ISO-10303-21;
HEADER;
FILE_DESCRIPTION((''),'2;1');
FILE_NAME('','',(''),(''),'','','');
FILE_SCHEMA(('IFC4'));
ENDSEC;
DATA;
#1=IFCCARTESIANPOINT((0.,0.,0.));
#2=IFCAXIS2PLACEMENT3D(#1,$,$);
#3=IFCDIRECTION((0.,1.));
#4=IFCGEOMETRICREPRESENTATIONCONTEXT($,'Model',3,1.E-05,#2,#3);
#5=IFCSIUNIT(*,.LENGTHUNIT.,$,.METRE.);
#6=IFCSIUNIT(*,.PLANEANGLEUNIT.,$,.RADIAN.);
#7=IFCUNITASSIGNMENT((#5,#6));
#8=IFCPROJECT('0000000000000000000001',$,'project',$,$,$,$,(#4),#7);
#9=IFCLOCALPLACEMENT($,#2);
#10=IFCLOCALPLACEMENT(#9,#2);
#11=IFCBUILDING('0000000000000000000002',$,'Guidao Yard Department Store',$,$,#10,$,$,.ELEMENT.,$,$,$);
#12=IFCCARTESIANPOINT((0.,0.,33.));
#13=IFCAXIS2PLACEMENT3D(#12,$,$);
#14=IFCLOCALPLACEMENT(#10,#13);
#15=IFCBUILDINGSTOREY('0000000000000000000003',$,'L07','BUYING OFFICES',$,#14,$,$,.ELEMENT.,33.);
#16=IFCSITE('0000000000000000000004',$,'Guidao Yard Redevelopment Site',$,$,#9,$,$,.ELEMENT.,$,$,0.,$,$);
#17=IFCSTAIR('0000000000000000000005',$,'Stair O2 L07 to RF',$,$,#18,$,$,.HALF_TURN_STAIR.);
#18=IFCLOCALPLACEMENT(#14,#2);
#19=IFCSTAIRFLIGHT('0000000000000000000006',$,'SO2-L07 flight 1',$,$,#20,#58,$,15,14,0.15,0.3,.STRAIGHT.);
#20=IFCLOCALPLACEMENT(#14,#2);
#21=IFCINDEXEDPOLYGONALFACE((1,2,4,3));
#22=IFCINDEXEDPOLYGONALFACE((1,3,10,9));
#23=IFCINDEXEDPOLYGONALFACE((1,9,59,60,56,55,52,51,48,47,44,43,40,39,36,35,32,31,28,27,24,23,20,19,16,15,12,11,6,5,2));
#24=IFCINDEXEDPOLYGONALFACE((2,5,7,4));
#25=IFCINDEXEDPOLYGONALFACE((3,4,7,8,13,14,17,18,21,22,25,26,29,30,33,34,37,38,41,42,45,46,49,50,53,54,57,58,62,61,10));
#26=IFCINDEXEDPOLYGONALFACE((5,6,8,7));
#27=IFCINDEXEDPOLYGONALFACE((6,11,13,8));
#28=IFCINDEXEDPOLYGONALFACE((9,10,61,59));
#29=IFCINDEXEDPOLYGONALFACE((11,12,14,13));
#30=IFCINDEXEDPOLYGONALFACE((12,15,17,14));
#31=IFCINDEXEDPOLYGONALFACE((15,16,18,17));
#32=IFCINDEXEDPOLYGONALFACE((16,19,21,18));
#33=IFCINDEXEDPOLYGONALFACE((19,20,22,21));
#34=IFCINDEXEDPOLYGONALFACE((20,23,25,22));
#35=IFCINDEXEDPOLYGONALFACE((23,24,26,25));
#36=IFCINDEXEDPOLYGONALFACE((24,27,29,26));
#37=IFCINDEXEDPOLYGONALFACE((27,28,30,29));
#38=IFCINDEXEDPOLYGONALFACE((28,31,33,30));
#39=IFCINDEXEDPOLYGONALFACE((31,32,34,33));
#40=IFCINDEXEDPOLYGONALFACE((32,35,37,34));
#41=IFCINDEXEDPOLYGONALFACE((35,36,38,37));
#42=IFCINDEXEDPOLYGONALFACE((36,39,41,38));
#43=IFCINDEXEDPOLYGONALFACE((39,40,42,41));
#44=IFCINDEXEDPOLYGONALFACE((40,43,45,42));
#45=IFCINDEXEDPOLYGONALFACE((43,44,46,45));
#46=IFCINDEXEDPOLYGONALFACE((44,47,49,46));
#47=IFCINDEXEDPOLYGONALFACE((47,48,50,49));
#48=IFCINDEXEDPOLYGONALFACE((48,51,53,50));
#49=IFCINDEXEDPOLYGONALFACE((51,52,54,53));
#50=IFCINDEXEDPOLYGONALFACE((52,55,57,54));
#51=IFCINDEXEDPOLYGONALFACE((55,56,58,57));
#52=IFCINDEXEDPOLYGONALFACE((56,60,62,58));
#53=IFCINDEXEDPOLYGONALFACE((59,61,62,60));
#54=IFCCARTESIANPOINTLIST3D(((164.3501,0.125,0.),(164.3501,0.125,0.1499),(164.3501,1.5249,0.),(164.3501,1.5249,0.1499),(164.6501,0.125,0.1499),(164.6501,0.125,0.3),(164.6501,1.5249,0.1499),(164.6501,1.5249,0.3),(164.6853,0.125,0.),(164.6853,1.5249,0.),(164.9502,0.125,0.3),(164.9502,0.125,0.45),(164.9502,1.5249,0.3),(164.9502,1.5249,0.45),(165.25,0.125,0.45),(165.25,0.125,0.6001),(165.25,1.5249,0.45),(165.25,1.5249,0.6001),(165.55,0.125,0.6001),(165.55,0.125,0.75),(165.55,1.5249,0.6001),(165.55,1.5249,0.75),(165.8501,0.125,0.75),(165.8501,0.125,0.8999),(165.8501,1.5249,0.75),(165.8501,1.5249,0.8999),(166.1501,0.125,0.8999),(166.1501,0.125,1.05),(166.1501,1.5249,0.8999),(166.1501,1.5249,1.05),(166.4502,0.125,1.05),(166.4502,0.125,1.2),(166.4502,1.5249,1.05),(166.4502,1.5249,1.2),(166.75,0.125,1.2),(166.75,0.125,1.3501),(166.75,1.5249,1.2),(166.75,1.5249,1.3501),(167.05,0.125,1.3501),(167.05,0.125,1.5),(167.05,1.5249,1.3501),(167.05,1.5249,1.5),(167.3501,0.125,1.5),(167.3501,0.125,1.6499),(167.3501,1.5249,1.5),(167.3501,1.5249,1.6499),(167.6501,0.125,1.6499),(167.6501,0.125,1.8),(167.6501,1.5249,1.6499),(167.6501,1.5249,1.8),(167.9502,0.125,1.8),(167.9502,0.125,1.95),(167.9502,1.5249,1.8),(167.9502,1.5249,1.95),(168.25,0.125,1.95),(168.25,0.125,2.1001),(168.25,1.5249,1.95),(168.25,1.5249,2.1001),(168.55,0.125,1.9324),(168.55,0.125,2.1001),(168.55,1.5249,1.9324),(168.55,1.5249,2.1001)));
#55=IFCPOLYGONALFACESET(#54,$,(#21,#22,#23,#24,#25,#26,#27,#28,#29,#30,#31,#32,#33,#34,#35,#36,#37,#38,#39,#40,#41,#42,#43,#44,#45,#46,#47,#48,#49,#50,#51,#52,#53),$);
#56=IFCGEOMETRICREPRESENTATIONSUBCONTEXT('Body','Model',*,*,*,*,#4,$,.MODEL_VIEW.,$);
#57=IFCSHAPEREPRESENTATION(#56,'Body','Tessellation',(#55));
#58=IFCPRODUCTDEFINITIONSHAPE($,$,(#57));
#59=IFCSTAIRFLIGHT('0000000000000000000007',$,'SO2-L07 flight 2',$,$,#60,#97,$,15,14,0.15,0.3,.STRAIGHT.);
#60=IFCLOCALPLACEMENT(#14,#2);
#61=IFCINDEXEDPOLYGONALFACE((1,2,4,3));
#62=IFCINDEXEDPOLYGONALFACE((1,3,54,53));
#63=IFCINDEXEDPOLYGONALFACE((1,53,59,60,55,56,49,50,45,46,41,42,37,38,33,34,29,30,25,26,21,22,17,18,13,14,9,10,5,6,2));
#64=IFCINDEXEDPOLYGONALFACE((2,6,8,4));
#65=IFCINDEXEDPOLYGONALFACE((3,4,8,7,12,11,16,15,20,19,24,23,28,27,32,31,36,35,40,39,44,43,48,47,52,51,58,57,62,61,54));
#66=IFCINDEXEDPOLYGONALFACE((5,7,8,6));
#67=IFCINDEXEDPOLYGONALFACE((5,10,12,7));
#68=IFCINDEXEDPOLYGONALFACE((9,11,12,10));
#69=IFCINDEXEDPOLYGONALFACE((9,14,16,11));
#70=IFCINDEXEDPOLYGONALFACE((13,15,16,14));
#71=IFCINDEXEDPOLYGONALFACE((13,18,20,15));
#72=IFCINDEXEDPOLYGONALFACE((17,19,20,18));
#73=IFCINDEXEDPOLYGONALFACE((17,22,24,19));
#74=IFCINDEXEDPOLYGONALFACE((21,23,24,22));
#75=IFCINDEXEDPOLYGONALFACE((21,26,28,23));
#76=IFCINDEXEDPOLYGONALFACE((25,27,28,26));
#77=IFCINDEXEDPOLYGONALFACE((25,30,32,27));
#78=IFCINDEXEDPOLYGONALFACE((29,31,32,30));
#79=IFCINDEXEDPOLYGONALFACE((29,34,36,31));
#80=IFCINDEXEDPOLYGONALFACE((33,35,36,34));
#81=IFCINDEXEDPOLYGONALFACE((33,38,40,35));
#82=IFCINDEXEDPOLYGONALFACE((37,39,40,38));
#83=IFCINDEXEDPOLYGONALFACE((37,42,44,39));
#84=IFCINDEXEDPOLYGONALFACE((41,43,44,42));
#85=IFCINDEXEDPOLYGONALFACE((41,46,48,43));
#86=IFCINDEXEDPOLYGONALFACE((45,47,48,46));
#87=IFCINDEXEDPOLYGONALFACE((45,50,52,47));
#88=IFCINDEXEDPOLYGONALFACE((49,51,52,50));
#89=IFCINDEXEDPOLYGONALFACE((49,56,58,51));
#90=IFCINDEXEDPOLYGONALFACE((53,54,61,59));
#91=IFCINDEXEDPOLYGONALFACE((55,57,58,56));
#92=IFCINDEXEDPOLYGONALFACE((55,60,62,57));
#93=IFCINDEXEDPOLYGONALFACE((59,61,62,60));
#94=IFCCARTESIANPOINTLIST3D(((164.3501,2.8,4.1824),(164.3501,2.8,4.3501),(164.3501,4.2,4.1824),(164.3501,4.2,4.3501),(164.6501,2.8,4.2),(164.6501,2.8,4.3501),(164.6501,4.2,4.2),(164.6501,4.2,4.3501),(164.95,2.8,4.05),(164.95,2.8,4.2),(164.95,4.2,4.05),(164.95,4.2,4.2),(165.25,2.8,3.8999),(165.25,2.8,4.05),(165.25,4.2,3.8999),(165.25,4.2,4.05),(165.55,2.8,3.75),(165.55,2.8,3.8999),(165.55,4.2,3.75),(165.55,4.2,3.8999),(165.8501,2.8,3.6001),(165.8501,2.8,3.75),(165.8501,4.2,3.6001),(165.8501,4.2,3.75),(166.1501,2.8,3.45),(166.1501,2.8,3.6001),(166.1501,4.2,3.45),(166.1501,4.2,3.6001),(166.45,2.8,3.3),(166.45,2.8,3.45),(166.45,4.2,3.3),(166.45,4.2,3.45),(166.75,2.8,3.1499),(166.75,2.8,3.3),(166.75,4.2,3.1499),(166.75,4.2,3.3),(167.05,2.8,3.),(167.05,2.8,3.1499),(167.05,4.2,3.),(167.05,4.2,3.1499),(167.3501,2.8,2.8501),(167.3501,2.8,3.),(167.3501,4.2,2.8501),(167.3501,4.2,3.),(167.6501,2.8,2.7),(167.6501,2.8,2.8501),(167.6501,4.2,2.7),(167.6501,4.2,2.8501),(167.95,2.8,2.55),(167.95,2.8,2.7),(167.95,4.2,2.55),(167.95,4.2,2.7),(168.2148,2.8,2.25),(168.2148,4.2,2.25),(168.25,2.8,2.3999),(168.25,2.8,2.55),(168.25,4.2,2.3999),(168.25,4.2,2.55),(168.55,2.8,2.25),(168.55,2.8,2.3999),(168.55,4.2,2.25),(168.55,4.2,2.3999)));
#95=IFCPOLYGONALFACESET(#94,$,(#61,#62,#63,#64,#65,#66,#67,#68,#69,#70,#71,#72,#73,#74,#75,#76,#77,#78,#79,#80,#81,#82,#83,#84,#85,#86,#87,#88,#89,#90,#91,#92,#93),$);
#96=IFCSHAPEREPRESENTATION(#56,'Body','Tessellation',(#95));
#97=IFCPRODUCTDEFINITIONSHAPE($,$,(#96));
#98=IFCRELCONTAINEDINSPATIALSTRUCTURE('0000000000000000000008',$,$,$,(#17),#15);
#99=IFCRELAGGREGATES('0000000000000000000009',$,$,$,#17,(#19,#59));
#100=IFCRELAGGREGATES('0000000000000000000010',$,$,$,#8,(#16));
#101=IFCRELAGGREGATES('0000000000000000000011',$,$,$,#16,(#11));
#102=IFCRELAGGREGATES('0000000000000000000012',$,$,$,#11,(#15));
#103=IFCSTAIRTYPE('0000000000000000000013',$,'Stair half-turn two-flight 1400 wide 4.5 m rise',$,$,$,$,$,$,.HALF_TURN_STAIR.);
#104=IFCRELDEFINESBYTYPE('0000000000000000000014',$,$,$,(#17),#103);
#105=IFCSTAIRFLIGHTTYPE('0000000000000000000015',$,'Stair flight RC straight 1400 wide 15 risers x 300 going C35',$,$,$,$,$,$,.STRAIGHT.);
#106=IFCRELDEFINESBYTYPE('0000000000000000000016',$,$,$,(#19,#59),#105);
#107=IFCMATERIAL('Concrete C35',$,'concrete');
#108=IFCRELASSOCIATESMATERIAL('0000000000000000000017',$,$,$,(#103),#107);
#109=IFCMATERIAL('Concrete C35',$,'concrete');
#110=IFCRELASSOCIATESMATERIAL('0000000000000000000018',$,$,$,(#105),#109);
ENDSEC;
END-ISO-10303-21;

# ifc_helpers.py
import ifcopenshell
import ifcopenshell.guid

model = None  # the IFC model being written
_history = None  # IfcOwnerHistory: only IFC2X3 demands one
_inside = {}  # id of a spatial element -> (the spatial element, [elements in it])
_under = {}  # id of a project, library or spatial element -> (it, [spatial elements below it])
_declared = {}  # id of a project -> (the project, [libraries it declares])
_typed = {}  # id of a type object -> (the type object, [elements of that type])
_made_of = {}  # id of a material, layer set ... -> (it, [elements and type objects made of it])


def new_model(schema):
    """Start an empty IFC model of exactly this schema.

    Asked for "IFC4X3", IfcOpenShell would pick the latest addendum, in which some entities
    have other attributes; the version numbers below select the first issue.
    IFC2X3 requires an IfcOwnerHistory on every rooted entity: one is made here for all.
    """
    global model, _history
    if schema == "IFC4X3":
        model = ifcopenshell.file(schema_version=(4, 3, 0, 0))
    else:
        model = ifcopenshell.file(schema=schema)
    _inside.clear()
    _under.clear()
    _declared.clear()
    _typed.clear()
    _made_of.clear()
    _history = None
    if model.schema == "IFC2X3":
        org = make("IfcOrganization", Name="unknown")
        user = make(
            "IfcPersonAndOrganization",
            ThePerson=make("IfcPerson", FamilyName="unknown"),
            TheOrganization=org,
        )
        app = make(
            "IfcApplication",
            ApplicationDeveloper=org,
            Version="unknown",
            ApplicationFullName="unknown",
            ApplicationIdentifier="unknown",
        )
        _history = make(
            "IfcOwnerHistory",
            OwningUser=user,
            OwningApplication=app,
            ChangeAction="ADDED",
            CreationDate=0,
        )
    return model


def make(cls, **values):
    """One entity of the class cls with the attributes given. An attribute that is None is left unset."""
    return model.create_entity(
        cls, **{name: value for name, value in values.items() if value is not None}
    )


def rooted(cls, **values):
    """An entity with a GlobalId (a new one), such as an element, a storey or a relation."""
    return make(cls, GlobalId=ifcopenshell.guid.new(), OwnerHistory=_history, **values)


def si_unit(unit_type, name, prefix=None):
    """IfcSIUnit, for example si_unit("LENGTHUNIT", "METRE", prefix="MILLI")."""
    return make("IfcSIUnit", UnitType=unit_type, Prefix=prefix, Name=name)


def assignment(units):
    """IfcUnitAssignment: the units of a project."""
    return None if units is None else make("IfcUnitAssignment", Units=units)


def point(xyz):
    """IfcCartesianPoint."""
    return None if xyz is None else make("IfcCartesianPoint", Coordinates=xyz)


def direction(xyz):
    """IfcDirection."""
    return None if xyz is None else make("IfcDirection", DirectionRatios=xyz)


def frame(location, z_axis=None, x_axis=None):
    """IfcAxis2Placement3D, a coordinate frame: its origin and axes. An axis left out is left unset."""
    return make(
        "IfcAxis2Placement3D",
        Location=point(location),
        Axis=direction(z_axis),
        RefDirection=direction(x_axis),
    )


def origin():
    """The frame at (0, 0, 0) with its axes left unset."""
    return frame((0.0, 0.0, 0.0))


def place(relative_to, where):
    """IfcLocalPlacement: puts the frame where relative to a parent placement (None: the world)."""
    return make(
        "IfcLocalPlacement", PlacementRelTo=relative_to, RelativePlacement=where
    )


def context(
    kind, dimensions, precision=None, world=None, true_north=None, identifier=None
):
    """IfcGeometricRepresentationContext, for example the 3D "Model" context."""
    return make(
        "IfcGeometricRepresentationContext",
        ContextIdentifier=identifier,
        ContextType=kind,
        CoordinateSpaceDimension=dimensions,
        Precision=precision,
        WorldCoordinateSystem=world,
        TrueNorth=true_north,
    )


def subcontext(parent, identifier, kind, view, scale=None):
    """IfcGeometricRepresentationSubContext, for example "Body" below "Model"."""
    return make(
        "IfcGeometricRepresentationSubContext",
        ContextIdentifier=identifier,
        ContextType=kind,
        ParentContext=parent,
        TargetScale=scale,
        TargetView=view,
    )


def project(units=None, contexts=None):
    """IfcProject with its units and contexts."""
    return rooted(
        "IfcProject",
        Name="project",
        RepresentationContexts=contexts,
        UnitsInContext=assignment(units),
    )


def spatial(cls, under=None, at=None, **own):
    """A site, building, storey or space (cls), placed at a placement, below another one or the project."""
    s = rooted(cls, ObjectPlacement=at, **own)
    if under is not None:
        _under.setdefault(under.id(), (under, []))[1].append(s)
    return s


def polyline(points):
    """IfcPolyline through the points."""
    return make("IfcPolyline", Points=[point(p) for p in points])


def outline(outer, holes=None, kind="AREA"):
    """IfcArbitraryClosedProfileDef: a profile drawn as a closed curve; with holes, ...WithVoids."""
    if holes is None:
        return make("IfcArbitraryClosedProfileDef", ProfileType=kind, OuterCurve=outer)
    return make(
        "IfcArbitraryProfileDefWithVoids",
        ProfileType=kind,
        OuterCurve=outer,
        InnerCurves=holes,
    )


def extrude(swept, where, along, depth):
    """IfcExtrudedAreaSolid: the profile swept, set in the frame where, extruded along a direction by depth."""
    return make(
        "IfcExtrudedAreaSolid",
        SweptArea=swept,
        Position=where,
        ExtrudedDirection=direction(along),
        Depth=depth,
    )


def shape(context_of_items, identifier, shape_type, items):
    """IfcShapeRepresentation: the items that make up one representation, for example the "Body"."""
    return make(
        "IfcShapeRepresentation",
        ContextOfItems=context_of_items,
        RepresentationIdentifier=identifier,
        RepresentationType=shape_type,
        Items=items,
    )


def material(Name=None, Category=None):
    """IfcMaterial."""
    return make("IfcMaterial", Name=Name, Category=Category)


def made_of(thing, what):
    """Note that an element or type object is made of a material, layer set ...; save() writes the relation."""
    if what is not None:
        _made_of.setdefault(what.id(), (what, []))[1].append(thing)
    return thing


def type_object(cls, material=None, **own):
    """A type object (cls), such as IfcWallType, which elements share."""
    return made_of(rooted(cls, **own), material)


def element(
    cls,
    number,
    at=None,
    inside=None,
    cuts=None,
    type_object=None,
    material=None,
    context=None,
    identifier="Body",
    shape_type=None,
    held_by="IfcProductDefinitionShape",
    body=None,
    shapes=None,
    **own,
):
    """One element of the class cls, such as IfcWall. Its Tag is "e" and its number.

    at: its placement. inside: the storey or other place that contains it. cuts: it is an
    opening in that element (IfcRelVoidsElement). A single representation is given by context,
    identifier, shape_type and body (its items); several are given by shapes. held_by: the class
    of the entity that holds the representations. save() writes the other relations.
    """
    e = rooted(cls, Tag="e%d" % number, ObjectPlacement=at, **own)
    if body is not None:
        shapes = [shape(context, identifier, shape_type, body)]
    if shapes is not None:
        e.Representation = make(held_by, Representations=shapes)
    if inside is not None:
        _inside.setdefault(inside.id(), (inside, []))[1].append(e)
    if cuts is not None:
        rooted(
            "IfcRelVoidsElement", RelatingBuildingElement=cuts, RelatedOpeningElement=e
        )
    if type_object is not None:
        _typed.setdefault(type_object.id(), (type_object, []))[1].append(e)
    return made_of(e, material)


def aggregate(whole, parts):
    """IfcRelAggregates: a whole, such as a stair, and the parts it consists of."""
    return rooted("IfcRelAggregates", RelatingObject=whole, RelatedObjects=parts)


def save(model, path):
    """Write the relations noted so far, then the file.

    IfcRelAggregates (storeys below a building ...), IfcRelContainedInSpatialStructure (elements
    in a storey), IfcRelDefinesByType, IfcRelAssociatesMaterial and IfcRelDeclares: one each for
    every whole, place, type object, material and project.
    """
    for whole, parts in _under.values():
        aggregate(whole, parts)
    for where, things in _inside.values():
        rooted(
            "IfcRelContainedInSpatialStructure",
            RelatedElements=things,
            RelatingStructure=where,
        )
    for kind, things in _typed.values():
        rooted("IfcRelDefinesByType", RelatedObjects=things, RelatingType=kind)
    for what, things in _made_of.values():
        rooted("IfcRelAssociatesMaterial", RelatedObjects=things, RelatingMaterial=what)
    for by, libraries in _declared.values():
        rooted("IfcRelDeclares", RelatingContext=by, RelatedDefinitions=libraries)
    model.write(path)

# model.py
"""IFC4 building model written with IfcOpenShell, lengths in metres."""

from ifc_helpers import new_model, si_unit, direction, frame, origin, place, context, subcontext, project, spatial, polyline, outline, extrude, material, type_object, element, aggregate, save


model = new_model("IFC4")

# Units and contexts
model_context = context("Model", 3, precision=1e-05, world=origin(), true_north=direction((0.0, 1.0)))
body_context = subcontext(model_context, "Body", "Model", "MODEL_VIEW")
ifc_project = project(units=[si_unit("LENGTHUNIT", "METRE"), si_unit("PLANEANGLEUNIT", "RADIAN")], contexts=[model_context])

# Site, building, storey
site_placement = place(None, origin())
site = spatial("IfcSite", under=ifc_project, at=site_placement, Name="Guidao Yard Redevelopment Site", CompositionType="ELEMENT", RefElevation=0.0)
building_placement = place(site_placement, origin())
building = spatial("IfcBuilding", under=site, at=building_placement, Name="Guidao Yard Department Store", CompositionType="ELEMENT")
storey_placement = place(building_placement, frame((0.0, 0.0, 33.0)))
storey = spatial("IfcBuildingStorey", under=building, at=storey_placement, Name="L07", Description="BUYING OFFICES", CompositionType="ELEMENT", Elevation=33.0)

# Stair, stair flights
ifc_material_1 = material(Name="Concrete C35", Category="concrete")
stair_type = type_object("IfcStairType", Name="Stair half-turn two-flight 1400 wide 4.5 m rise", PredefinedType="HALF_TURN_STAIR", material=ifc_material_1)
stair_placement = place(storey_placement, origin())
stair = element("IfcStair", 1, at=stair_placement, inside=storey, type_object=stair_type, Name="Stair O2 L07 to RF", PredefinedType="HALF_TURN_STAIR")
ifc_material_2 = material(Name="Concrete C35", Category="concrete")
stair_flight_type = type_object("IfcStairFlightType", Name="Stair flight RC straight 1400 wide 15 risers x 300 going C35", PredefinedType="STRAIGHT", material=ifc_material_2)
stair_flight_1_placement = place(storey_placement, frame((164.3501, 0.825, 0.0), z_axis=(0.0, 0.0, 1.0), x_axis=(1.0, 0.0, 0.0)))
stair_flight_1 = element("IfcStairFlight", 2, at=stair_flight_1_placement, type_object=stair_flight_type, Name="SO2-L07 flight 1", NumberOfRisers=15, NumberOfTreads=14, PredefinedType="STRAIGHT", RiserHeight=0.15, TreadLength=0.3, context=body_context, shape_type="SweptSolid", body=[
    extrude(outline(polyline([(0.0, 0.0), (0.0, 0.1499), (0.3, 0.1499), (0.3, 0.3), (0.6001, 0.3), (0.6001, 0.45), (0.8999, 0.45), (0.8999, 0.6001), (1.2, 0.6001), (1.2, 0.75), (1.5, 0.75), (1.5, 0.8999), (1.8, 0.8999), (1.8, 1.05), (2.1001, 1.05), (2.1001, 1.2), (2.3999, 1.2), (2.3999, 1.3501), (2.7, 1.3501), (2.7, 1.5), (3.0, 1.5), (3.0, 1.6499), (3.3, 1.6499), (3.3, 1.8), (3.6001, 1.8), (3.6001, 1.95), (3.8999, 1.95), (3.8999, 2.1001), (4.2, 2.1001), (4.2, 2.25), (4.2, 1.9324), (0.3352, 0.0), (0.0, 0.0)])), frame((0.0, 0.7, 0.0), z_axis=(0.0, -1.0, 0.0), x_axis=(1.0, 0.0, 0.0)), (0.0, 0.0, 1.0), 1.3999),
])
stair_flight_2_placement = place(storey_placement, frame((168.55, 3.5, 2.25), z_axis=(0.0, 0.0, 1.0), x_axis=(-1.0, 0.0, 0.0)))
stair_flight_2 = element("IfcStairFlight", 3, at=stair_flight_2_placement, type_object=stair_flight_type, Name="SO2-L07 flight 2", NumberOfRisers=15, NumberOfTreads=14, PredefinedType="STRAIGHT", RiserHeight=0.15, TreadLength=0.3, context=body_context, shape_type="SweptSolid", body=[
    extrude(outline(polyline([(0.0, 0.0), (0.0, 0.1499), (0.3, 0.1499), (0.3, 0.3), (0.6001, 0.3), (0.6001, 0.45), (0.8999, 0.45), (0.8999, 0.6001), (1.2, 0.6001), (1.2, 0.75), (1.5, 0.75), (1.5, 0.8999), (1.8, 0.8999), (1.8, 1.05), (2.1001, 1.05), (2.1001, 1.2), (2.3999, 1.2), (2.3999, 1.3501), (2.7, 1.3501), (2.7, 1.5), (3.0, 1.5), (3.0, 1.6499), (3.3, 1.6499), (3.3, 1.8), (3.6001, 1.8), (3.6001, 1.95), (3.8999, 1.95), (3.8999, 2.1001), (4.2, 2.1001), (4.2, 2.25), (4.2, 1.9324), (0.3352, 0.0), (0.0, 0.0)])), frame((0.0, 0.7, 0.0), z_axis=(0.0, -1.0, 0.0), x_axis=(1.0, 0.0, 0.0)), (0.0, 0.0, 1.0), 1.3999),
])
aggregate(stair, [stair_flight_1, stair_flight_2])

save(model, "model.ifc")
